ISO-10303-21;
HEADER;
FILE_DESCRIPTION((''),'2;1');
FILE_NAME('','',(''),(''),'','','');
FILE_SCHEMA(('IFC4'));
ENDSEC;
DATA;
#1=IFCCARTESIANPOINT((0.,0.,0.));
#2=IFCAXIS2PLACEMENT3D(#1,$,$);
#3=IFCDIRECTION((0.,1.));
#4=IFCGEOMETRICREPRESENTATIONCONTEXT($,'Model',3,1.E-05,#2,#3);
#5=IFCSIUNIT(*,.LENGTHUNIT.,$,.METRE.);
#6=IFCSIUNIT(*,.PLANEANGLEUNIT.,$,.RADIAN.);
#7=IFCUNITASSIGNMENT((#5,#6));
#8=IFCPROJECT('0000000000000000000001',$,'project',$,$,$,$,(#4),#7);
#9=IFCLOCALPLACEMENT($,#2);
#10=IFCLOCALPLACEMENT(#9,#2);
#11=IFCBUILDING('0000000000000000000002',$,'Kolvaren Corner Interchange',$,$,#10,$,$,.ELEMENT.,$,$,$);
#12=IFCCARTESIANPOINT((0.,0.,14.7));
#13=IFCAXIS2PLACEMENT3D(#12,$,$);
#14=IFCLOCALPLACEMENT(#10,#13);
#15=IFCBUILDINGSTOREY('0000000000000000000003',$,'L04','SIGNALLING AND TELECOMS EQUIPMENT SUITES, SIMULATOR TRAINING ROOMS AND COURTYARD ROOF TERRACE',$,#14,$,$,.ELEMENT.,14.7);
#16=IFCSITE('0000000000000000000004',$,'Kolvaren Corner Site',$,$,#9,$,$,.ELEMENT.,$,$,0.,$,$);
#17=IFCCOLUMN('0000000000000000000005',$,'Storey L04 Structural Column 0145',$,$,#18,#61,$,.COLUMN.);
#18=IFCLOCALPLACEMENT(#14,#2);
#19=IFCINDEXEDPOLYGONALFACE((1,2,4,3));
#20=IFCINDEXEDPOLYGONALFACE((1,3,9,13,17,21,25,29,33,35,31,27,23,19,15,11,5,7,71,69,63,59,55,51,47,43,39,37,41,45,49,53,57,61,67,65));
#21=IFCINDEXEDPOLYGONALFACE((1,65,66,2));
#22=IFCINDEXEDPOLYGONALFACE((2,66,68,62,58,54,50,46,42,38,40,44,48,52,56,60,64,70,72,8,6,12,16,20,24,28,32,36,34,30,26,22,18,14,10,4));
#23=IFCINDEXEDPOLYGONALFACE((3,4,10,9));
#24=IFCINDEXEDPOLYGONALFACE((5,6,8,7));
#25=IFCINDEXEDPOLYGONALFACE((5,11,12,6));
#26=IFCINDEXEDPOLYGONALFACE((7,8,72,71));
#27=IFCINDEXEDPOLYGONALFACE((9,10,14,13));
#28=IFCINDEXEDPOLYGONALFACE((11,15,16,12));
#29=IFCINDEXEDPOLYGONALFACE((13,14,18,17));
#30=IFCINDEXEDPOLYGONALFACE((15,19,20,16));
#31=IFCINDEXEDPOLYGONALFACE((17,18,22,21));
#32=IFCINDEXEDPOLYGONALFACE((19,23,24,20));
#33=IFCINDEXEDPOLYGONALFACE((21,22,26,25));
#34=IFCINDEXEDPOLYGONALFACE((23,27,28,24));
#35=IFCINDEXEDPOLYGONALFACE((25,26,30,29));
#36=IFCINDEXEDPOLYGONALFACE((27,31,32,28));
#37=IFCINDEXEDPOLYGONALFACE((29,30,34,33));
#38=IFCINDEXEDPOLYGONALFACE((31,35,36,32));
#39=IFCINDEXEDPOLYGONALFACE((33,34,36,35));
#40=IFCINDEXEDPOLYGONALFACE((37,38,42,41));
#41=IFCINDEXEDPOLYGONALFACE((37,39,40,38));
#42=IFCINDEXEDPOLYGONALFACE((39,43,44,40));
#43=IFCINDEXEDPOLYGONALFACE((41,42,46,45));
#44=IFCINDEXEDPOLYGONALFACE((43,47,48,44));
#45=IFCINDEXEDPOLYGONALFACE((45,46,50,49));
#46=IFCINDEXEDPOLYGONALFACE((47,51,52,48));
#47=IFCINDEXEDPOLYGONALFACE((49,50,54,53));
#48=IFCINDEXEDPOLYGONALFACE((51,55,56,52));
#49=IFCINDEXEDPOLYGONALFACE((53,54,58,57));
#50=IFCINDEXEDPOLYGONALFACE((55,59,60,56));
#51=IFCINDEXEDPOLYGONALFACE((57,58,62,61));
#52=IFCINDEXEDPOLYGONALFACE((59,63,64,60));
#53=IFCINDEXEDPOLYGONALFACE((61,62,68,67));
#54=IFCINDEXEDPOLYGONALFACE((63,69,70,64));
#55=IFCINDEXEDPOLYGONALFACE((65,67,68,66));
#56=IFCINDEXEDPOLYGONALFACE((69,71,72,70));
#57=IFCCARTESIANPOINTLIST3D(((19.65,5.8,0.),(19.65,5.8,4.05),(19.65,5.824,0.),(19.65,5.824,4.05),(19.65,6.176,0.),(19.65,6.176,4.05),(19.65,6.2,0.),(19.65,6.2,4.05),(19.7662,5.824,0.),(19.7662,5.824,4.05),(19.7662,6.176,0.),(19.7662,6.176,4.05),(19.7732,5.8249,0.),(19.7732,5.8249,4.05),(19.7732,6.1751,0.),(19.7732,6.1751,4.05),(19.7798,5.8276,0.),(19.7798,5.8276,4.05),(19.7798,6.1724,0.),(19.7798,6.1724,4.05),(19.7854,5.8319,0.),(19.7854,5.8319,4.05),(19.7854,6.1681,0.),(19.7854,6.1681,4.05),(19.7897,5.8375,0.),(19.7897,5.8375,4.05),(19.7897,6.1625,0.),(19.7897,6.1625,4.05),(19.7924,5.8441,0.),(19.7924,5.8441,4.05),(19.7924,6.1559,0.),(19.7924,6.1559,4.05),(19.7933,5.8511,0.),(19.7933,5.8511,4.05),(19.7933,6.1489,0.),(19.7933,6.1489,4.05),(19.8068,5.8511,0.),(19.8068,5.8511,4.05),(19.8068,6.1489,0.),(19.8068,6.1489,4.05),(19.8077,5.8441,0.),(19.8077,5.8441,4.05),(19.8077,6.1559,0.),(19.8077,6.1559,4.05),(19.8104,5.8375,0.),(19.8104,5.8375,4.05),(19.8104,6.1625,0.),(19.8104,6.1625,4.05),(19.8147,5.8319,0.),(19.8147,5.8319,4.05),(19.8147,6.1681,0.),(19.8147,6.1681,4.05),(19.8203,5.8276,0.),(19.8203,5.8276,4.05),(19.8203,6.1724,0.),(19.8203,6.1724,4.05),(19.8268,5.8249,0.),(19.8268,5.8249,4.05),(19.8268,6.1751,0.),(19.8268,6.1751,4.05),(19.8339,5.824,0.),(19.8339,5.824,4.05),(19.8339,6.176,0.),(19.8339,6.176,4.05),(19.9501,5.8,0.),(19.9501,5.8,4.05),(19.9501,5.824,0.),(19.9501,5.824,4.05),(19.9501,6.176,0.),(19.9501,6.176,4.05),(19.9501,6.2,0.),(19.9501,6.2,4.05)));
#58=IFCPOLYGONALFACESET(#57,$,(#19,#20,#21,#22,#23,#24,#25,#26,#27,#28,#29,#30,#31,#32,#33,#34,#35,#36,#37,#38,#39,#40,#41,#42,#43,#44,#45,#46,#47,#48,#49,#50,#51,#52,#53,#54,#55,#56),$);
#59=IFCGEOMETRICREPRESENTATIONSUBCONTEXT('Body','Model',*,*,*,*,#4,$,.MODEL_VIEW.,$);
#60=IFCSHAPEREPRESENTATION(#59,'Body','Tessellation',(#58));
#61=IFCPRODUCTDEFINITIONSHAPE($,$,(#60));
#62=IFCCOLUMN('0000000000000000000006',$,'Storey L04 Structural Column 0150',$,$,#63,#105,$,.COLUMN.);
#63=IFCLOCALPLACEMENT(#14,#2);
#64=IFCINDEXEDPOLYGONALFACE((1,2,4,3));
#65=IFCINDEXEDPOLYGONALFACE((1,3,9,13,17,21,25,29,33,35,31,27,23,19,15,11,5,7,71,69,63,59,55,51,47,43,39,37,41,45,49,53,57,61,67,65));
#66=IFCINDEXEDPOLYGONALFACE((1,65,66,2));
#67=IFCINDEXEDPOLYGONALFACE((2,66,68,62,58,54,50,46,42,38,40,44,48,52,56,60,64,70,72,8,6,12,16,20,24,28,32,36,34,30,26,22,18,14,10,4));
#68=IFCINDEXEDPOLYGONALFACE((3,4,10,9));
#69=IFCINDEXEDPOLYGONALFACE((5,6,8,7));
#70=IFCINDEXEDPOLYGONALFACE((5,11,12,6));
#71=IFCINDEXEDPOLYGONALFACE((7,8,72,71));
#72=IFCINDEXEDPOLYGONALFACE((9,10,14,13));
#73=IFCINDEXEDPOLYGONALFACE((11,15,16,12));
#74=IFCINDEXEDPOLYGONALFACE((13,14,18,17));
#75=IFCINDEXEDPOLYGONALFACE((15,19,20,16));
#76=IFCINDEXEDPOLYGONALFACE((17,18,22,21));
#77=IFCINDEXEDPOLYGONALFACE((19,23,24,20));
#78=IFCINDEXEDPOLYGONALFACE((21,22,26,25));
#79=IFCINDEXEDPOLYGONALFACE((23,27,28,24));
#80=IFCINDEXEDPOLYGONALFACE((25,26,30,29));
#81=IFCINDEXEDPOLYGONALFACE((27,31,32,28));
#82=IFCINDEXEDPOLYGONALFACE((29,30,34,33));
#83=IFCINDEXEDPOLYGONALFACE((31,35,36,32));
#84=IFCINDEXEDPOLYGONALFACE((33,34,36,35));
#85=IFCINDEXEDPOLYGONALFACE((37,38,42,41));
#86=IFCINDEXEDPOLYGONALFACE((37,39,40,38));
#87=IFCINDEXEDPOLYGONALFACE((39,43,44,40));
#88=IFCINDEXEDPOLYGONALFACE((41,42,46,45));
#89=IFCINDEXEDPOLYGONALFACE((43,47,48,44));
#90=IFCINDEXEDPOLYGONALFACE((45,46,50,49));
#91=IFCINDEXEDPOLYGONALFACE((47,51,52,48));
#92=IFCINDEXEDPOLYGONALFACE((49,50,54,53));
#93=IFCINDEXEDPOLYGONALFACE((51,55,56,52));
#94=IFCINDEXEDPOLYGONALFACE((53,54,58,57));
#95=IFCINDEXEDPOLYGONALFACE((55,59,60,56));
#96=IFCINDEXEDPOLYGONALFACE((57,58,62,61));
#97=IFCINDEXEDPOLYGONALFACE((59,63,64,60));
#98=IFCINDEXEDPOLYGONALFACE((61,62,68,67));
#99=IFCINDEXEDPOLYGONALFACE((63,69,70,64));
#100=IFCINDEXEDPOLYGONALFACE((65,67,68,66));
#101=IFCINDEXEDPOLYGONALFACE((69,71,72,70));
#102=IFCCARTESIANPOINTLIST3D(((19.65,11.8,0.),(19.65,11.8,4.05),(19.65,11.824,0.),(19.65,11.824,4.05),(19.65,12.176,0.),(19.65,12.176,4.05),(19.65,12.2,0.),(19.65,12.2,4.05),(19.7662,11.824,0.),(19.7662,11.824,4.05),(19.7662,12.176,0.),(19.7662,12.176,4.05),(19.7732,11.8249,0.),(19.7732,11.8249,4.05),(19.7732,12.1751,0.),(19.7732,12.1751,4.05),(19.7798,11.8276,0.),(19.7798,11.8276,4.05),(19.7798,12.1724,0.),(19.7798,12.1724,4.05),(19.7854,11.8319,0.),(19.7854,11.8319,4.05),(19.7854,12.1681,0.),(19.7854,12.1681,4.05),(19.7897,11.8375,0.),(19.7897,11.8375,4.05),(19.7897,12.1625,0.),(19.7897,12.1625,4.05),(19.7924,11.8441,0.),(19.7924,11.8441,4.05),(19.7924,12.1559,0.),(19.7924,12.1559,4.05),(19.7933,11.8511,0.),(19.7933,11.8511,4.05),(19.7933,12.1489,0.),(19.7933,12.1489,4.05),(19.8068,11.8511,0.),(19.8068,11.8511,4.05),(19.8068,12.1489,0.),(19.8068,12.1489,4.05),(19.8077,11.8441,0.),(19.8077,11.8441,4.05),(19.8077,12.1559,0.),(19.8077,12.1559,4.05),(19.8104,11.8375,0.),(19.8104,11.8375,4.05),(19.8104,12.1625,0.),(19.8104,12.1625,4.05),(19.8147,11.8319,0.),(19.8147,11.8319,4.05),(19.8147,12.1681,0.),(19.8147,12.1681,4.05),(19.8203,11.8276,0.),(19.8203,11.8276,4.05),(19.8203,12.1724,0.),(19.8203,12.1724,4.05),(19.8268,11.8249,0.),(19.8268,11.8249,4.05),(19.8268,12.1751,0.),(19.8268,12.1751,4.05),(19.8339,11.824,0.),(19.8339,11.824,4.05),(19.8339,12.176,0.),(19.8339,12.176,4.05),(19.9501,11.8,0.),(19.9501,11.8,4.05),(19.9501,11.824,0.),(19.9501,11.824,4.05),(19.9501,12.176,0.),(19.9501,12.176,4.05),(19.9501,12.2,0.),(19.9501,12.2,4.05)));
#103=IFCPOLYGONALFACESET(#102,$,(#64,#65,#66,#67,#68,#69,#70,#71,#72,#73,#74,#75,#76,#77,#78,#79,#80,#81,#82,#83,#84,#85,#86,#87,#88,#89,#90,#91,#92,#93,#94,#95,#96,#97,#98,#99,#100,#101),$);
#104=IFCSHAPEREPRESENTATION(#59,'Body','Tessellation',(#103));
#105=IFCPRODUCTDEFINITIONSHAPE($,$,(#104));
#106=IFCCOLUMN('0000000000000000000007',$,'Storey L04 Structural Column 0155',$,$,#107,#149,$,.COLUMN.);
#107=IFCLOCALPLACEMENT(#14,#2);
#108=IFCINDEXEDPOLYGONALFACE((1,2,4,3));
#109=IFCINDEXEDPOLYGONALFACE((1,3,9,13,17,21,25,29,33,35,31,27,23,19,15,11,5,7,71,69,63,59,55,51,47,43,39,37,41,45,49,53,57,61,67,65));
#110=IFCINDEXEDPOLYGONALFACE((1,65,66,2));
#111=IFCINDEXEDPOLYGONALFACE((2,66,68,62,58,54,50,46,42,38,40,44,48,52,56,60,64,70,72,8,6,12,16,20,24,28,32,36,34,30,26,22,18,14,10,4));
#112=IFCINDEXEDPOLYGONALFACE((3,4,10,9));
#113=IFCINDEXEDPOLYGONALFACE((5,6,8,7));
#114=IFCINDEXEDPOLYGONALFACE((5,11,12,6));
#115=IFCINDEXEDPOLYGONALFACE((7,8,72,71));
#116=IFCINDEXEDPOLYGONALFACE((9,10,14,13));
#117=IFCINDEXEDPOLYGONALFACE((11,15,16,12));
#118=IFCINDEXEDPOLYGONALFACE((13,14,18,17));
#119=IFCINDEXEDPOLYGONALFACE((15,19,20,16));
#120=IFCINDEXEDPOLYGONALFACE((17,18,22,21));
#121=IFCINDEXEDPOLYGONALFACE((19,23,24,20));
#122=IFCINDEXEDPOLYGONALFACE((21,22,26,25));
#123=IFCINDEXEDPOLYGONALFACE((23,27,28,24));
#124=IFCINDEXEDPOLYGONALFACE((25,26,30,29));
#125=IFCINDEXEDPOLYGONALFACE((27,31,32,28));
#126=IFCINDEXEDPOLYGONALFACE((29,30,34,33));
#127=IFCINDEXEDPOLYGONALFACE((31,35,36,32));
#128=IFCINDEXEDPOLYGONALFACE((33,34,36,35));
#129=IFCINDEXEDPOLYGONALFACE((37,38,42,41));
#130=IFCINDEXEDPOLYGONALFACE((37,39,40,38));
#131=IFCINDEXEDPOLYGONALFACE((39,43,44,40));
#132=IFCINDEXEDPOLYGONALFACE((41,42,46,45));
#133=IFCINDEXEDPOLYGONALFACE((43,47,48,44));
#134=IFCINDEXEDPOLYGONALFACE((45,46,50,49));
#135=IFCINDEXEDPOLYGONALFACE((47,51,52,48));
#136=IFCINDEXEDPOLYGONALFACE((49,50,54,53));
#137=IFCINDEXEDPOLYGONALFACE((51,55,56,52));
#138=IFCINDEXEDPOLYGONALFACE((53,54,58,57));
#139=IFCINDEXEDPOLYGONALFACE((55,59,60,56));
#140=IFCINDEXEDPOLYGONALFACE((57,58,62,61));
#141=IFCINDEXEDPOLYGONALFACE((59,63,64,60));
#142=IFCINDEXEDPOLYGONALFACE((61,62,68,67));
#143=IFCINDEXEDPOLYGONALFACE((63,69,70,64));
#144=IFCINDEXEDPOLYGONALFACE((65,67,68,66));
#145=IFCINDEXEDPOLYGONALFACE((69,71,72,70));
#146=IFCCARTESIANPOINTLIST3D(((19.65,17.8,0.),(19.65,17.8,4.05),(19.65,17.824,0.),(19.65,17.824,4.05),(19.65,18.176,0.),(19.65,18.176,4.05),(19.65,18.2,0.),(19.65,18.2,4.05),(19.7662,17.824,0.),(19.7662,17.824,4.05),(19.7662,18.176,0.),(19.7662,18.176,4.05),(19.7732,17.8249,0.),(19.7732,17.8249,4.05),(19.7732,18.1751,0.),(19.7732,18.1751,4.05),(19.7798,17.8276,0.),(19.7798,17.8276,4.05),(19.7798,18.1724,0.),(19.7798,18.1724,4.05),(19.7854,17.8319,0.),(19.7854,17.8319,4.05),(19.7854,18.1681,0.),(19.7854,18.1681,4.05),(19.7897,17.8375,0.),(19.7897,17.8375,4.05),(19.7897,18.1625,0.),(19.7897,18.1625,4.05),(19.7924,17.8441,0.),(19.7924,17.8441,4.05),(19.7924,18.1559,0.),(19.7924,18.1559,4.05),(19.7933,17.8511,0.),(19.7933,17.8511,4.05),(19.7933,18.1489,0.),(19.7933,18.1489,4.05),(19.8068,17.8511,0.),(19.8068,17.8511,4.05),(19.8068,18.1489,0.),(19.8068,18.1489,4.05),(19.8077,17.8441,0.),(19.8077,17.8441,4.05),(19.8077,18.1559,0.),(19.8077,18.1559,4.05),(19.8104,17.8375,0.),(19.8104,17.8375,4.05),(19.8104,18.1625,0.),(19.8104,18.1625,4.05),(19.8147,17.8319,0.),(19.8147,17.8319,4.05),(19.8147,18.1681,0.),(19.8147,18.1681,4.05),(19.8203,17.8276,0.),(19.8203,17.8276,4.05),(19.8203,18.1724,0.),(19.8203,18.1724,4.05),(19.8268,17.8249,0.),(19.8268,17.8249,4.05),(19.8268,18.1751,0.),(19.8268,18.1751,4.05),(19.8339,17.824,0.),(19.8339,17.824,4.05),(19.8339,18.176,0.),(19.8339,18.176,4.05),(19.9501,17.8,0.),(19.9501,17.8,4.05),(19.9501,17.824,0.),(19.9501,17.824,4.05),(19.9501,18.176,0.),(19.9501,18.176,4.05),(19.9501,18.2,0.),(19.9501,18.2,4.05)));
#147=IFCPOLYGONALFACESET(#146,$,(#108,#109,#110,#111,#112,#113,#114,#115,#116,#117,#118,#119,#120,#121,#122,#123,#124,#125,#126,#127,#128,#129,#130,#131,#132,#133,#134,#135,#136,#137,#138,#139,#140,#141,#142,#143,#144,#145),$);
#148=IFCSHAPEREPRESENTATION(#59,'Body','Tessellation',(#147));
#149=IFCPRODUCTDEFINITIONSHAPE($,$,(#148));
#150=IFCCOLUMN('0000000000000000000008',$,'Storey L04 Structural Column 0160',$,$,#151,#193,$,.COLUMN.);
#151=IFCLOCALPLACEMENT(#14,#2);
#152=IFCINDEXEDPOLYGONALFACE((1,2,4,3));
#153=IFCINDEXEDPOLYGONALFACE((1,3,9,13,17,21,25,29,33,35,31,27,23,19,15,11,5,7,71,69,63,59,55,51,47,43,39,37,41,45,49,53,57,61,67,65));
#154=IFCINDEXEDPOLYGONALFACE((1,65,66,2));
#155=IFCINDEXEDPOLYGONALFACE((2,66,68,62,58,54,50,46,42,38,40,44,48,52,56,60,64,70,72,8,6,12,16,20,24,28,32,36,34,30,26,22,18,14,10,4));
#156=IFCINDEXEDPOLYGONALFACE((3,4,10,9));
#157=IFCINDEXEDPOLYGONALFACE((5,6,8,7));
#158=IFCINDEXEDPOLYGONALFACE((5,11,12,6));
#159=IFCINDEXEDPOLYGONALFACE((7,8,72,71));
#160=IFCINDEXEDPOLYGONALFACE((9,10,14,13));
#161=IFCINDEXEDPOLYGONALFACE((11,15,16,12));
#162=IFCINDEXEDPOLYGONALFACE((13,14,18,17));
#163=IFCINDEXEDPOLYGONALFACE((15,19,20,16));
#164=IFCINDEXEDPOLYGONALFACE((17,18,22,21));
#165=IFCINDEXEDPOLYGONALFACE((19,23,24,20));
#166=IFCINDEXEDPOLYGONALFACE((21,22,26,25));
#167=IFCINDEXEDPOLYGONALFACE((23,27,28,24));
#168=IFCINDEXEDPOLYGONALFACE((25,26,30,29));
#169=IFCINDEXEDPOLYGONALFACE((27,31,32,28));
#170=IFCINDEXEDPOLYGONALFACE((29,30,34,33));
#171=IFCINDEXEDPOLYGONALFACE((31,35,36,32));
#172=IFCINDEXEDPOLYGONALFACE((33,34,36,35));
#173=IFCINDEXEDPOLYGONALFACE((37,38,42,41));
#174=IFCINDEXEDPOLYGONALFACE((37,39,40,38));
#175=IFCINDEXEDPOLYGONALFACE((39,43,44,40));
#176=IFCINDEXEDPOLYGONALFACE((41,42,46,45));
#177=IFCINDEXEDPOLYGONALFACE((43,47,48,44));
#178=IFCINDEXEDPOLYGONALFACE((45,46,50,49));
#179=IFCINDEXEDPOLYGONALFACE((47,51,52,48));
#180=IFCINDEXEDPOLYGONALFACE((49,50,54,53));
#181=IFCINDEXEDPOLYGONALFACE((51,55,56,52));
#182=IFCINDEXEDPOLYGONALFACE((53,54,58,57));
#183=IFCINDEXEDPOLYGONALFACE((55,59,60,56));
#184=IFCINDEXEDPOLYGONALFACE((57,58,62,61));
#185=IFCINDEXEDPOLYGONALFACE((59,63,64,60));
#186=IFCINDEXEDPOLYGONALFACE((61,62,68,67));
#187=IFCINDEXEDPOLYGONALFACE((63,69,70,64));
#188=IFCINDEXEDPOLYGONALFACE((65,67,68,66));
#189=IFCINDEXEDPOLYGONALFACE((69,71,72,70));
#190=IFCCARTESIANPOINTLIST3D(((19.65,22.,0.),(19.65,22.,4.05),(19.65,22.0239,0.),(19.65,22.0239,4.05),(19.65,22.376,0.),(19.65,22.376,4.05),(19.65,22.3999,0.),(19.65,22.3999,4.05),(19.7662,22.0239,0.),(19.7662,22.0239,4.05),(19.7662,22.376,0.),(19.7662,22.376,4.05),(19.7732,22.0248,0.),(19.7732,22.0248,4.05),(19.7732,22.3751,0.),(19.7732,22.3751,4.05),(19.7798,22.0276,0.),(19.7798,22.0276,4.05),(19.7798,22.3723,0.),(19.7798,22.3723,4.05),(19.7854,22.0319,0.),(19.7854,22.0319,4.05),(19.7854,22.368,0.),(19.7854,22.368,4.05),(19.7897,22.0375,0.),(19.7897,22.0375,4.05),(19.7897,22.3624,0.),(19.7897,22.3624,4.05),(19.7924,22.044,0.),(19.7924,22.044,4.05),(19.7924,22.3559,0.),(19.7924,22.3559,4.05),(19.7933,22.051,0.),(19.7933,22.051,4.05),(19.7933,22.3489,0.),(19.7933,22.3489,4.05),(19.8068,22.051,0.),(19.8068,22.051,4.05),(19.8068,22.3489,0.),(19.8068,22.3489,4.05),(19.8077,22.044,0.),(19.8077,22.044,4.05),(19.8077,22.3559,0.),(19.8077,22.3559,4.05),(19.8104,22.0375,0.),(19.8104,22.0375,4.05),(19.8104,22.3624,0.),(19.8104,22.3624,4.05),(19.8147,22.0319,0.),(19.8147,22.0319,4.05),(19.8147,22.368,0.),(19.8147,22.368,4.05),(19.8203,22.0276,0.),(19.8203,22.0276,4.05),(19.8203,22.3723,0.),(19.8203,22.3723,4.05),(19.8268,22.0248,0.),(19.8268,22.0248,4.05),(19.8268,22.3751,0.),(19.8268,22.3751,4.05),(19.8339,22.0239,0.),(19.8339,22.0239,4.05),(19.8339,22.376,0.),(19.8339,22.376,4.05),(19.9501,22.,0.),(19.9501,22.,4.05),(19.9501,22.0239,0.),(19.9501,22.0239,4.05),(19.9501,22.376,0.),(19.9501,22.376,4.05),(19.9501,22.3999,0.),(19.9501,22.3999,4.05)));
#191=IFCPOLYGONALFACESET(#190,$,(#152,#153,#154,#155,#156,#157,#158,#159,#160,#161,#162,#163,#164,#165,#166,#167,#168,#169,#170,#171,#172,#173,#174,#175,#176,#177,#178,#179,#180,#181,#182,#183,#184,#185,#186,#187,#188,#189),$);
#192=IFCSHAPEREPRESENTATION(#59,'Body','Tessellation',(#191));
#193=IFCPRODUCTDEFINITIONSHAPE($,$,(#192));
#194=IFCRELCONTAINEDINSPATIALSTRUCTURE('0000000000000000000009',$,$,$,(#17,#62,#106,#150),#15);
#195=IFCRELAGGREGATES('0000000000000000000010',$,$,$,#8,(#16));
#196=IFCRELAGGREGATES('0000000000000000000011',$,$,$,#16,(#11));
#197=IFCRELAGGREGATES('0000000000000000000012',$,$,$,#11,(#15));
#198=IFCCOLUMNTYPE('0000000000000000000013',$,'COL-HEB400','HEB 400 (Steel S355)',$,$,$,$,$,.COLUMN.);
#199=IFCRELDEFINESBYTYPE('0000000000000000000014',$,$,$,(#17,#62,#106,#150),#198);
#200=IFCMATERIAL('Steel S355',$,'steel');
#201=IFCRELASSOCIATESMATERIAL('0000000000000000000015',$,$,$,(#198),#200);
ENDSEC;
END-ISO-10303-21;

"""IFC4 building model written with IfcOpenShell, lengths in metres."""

from ifc_helpers import new_model, si_unit, direction, frame, origin, origin_2d, place, context, subcontext, project, spatial, i_section, extrude, material, material_profile, profile_set, type_object, element, save


model = new_model("IFC4")

# Units and contexts
model_context = context("Model", 3, precision=1e-05, world=origin(), true_north=direction((0.0, 1.0)))
body_context = subcontext(model_context, "Body", "Model", "MODEL_VIEW")
ifc_project = project(units=[si_unit("LENGTHUNIT", "METRE"), si_unit("PLANEANGLEUNIT", "RADIAN")], contexts=[model_context])

# Site, building, storey
site_placement = place(None, origin())
site = spatial("IfcSite", under=ifc_project, at=site_placement, Name="Kolvaren Corner Site", CompositionType="ELEMENT", RefElevation=0.0)
building_placement = place(site_placement, origin())
building = spatial("IfcBuilding", under=site, at=building_placement, Name="Kolvaren Corner Interchange", CompositionType="ELEMENT")
storey_placement = place(building_placement, frame((0.0, 0.0, 14.7)))
storey = spatial("IfcBuildingStorey", under=building, at=storey_placement, Name="L04", Description="SIGNALLING AND TELECOMS EQUIPMENT SUITES, SIMULATOR TRAINING ROOMS AND COURTYARD ROOF TERRACE", CompositionType="ELEMENT", Elevation=14.7)

# Columns
ifc_material_1 = material(Name="Steel S355", Category="steel")
ifc_material_profile_1 = material_profile(ifc_material_1, i_section(OverallWidth=0.3, OverallDepth=0.3999, WebThickness=0.0134, FlangeThickness=0.0239, FilletRadius=0.0271, at=origin_2d()), Name="HEB 400")
ifc_profile_set_1 = profile_set([ifc_material_profile_1], Name="Steel S355")
column_type = type_object("IfcColumnType", Name="COL-HEB400", Description="HEB 400 (Steel S355)", PredefinedType="COLUMN", material=ifc_profile_set_1)
for number, where, z_axis, x_axis, name in (
    (1, (19.8, 6.0, 0.0), (0.0, 0.0, 1.0), (1.0, 0.0, 0.0), "Storey L04 Structural Column 0145"),
    (2, (19.8, 12.0, 0.0), (0.0, 0.0, 1.0), (1.0, 0.0, 0.0), "Storey L04 Structural Column 0150"),
    (3, (19.8, 18.0, 0.0), (0.0, 0.0, 1.0), (1.0, 0.0, 0.0), "Storey L04 Structural Column 0155"),
    (4, (19.8, 22.2, 0.0), (0.0, 0.0, 1.0), (1.0, 0.0, 0.0), "Storey L04 Structural Column 0160"),
):
    element("IfcColumn", number, at=place(storey_placement, frame(where, z_axis=z_axis, x_axis=x_axis)), inside=storey, type_object=column_type, Name=name, PredefinedType="COLUMN", context=body_context, shape_type="SweptSolid", body=[
        extrude(i_section(OverallWidth=0.3, OverallDepth=0.3999, WebThickness=0.0134, FlangeThickness=0.0239, FilletRadius=0.0271, at=origin_2d()), origin(), (0.0, 0.0, 1.0), 4.05),
    ])

save(model, "model.ifc")
